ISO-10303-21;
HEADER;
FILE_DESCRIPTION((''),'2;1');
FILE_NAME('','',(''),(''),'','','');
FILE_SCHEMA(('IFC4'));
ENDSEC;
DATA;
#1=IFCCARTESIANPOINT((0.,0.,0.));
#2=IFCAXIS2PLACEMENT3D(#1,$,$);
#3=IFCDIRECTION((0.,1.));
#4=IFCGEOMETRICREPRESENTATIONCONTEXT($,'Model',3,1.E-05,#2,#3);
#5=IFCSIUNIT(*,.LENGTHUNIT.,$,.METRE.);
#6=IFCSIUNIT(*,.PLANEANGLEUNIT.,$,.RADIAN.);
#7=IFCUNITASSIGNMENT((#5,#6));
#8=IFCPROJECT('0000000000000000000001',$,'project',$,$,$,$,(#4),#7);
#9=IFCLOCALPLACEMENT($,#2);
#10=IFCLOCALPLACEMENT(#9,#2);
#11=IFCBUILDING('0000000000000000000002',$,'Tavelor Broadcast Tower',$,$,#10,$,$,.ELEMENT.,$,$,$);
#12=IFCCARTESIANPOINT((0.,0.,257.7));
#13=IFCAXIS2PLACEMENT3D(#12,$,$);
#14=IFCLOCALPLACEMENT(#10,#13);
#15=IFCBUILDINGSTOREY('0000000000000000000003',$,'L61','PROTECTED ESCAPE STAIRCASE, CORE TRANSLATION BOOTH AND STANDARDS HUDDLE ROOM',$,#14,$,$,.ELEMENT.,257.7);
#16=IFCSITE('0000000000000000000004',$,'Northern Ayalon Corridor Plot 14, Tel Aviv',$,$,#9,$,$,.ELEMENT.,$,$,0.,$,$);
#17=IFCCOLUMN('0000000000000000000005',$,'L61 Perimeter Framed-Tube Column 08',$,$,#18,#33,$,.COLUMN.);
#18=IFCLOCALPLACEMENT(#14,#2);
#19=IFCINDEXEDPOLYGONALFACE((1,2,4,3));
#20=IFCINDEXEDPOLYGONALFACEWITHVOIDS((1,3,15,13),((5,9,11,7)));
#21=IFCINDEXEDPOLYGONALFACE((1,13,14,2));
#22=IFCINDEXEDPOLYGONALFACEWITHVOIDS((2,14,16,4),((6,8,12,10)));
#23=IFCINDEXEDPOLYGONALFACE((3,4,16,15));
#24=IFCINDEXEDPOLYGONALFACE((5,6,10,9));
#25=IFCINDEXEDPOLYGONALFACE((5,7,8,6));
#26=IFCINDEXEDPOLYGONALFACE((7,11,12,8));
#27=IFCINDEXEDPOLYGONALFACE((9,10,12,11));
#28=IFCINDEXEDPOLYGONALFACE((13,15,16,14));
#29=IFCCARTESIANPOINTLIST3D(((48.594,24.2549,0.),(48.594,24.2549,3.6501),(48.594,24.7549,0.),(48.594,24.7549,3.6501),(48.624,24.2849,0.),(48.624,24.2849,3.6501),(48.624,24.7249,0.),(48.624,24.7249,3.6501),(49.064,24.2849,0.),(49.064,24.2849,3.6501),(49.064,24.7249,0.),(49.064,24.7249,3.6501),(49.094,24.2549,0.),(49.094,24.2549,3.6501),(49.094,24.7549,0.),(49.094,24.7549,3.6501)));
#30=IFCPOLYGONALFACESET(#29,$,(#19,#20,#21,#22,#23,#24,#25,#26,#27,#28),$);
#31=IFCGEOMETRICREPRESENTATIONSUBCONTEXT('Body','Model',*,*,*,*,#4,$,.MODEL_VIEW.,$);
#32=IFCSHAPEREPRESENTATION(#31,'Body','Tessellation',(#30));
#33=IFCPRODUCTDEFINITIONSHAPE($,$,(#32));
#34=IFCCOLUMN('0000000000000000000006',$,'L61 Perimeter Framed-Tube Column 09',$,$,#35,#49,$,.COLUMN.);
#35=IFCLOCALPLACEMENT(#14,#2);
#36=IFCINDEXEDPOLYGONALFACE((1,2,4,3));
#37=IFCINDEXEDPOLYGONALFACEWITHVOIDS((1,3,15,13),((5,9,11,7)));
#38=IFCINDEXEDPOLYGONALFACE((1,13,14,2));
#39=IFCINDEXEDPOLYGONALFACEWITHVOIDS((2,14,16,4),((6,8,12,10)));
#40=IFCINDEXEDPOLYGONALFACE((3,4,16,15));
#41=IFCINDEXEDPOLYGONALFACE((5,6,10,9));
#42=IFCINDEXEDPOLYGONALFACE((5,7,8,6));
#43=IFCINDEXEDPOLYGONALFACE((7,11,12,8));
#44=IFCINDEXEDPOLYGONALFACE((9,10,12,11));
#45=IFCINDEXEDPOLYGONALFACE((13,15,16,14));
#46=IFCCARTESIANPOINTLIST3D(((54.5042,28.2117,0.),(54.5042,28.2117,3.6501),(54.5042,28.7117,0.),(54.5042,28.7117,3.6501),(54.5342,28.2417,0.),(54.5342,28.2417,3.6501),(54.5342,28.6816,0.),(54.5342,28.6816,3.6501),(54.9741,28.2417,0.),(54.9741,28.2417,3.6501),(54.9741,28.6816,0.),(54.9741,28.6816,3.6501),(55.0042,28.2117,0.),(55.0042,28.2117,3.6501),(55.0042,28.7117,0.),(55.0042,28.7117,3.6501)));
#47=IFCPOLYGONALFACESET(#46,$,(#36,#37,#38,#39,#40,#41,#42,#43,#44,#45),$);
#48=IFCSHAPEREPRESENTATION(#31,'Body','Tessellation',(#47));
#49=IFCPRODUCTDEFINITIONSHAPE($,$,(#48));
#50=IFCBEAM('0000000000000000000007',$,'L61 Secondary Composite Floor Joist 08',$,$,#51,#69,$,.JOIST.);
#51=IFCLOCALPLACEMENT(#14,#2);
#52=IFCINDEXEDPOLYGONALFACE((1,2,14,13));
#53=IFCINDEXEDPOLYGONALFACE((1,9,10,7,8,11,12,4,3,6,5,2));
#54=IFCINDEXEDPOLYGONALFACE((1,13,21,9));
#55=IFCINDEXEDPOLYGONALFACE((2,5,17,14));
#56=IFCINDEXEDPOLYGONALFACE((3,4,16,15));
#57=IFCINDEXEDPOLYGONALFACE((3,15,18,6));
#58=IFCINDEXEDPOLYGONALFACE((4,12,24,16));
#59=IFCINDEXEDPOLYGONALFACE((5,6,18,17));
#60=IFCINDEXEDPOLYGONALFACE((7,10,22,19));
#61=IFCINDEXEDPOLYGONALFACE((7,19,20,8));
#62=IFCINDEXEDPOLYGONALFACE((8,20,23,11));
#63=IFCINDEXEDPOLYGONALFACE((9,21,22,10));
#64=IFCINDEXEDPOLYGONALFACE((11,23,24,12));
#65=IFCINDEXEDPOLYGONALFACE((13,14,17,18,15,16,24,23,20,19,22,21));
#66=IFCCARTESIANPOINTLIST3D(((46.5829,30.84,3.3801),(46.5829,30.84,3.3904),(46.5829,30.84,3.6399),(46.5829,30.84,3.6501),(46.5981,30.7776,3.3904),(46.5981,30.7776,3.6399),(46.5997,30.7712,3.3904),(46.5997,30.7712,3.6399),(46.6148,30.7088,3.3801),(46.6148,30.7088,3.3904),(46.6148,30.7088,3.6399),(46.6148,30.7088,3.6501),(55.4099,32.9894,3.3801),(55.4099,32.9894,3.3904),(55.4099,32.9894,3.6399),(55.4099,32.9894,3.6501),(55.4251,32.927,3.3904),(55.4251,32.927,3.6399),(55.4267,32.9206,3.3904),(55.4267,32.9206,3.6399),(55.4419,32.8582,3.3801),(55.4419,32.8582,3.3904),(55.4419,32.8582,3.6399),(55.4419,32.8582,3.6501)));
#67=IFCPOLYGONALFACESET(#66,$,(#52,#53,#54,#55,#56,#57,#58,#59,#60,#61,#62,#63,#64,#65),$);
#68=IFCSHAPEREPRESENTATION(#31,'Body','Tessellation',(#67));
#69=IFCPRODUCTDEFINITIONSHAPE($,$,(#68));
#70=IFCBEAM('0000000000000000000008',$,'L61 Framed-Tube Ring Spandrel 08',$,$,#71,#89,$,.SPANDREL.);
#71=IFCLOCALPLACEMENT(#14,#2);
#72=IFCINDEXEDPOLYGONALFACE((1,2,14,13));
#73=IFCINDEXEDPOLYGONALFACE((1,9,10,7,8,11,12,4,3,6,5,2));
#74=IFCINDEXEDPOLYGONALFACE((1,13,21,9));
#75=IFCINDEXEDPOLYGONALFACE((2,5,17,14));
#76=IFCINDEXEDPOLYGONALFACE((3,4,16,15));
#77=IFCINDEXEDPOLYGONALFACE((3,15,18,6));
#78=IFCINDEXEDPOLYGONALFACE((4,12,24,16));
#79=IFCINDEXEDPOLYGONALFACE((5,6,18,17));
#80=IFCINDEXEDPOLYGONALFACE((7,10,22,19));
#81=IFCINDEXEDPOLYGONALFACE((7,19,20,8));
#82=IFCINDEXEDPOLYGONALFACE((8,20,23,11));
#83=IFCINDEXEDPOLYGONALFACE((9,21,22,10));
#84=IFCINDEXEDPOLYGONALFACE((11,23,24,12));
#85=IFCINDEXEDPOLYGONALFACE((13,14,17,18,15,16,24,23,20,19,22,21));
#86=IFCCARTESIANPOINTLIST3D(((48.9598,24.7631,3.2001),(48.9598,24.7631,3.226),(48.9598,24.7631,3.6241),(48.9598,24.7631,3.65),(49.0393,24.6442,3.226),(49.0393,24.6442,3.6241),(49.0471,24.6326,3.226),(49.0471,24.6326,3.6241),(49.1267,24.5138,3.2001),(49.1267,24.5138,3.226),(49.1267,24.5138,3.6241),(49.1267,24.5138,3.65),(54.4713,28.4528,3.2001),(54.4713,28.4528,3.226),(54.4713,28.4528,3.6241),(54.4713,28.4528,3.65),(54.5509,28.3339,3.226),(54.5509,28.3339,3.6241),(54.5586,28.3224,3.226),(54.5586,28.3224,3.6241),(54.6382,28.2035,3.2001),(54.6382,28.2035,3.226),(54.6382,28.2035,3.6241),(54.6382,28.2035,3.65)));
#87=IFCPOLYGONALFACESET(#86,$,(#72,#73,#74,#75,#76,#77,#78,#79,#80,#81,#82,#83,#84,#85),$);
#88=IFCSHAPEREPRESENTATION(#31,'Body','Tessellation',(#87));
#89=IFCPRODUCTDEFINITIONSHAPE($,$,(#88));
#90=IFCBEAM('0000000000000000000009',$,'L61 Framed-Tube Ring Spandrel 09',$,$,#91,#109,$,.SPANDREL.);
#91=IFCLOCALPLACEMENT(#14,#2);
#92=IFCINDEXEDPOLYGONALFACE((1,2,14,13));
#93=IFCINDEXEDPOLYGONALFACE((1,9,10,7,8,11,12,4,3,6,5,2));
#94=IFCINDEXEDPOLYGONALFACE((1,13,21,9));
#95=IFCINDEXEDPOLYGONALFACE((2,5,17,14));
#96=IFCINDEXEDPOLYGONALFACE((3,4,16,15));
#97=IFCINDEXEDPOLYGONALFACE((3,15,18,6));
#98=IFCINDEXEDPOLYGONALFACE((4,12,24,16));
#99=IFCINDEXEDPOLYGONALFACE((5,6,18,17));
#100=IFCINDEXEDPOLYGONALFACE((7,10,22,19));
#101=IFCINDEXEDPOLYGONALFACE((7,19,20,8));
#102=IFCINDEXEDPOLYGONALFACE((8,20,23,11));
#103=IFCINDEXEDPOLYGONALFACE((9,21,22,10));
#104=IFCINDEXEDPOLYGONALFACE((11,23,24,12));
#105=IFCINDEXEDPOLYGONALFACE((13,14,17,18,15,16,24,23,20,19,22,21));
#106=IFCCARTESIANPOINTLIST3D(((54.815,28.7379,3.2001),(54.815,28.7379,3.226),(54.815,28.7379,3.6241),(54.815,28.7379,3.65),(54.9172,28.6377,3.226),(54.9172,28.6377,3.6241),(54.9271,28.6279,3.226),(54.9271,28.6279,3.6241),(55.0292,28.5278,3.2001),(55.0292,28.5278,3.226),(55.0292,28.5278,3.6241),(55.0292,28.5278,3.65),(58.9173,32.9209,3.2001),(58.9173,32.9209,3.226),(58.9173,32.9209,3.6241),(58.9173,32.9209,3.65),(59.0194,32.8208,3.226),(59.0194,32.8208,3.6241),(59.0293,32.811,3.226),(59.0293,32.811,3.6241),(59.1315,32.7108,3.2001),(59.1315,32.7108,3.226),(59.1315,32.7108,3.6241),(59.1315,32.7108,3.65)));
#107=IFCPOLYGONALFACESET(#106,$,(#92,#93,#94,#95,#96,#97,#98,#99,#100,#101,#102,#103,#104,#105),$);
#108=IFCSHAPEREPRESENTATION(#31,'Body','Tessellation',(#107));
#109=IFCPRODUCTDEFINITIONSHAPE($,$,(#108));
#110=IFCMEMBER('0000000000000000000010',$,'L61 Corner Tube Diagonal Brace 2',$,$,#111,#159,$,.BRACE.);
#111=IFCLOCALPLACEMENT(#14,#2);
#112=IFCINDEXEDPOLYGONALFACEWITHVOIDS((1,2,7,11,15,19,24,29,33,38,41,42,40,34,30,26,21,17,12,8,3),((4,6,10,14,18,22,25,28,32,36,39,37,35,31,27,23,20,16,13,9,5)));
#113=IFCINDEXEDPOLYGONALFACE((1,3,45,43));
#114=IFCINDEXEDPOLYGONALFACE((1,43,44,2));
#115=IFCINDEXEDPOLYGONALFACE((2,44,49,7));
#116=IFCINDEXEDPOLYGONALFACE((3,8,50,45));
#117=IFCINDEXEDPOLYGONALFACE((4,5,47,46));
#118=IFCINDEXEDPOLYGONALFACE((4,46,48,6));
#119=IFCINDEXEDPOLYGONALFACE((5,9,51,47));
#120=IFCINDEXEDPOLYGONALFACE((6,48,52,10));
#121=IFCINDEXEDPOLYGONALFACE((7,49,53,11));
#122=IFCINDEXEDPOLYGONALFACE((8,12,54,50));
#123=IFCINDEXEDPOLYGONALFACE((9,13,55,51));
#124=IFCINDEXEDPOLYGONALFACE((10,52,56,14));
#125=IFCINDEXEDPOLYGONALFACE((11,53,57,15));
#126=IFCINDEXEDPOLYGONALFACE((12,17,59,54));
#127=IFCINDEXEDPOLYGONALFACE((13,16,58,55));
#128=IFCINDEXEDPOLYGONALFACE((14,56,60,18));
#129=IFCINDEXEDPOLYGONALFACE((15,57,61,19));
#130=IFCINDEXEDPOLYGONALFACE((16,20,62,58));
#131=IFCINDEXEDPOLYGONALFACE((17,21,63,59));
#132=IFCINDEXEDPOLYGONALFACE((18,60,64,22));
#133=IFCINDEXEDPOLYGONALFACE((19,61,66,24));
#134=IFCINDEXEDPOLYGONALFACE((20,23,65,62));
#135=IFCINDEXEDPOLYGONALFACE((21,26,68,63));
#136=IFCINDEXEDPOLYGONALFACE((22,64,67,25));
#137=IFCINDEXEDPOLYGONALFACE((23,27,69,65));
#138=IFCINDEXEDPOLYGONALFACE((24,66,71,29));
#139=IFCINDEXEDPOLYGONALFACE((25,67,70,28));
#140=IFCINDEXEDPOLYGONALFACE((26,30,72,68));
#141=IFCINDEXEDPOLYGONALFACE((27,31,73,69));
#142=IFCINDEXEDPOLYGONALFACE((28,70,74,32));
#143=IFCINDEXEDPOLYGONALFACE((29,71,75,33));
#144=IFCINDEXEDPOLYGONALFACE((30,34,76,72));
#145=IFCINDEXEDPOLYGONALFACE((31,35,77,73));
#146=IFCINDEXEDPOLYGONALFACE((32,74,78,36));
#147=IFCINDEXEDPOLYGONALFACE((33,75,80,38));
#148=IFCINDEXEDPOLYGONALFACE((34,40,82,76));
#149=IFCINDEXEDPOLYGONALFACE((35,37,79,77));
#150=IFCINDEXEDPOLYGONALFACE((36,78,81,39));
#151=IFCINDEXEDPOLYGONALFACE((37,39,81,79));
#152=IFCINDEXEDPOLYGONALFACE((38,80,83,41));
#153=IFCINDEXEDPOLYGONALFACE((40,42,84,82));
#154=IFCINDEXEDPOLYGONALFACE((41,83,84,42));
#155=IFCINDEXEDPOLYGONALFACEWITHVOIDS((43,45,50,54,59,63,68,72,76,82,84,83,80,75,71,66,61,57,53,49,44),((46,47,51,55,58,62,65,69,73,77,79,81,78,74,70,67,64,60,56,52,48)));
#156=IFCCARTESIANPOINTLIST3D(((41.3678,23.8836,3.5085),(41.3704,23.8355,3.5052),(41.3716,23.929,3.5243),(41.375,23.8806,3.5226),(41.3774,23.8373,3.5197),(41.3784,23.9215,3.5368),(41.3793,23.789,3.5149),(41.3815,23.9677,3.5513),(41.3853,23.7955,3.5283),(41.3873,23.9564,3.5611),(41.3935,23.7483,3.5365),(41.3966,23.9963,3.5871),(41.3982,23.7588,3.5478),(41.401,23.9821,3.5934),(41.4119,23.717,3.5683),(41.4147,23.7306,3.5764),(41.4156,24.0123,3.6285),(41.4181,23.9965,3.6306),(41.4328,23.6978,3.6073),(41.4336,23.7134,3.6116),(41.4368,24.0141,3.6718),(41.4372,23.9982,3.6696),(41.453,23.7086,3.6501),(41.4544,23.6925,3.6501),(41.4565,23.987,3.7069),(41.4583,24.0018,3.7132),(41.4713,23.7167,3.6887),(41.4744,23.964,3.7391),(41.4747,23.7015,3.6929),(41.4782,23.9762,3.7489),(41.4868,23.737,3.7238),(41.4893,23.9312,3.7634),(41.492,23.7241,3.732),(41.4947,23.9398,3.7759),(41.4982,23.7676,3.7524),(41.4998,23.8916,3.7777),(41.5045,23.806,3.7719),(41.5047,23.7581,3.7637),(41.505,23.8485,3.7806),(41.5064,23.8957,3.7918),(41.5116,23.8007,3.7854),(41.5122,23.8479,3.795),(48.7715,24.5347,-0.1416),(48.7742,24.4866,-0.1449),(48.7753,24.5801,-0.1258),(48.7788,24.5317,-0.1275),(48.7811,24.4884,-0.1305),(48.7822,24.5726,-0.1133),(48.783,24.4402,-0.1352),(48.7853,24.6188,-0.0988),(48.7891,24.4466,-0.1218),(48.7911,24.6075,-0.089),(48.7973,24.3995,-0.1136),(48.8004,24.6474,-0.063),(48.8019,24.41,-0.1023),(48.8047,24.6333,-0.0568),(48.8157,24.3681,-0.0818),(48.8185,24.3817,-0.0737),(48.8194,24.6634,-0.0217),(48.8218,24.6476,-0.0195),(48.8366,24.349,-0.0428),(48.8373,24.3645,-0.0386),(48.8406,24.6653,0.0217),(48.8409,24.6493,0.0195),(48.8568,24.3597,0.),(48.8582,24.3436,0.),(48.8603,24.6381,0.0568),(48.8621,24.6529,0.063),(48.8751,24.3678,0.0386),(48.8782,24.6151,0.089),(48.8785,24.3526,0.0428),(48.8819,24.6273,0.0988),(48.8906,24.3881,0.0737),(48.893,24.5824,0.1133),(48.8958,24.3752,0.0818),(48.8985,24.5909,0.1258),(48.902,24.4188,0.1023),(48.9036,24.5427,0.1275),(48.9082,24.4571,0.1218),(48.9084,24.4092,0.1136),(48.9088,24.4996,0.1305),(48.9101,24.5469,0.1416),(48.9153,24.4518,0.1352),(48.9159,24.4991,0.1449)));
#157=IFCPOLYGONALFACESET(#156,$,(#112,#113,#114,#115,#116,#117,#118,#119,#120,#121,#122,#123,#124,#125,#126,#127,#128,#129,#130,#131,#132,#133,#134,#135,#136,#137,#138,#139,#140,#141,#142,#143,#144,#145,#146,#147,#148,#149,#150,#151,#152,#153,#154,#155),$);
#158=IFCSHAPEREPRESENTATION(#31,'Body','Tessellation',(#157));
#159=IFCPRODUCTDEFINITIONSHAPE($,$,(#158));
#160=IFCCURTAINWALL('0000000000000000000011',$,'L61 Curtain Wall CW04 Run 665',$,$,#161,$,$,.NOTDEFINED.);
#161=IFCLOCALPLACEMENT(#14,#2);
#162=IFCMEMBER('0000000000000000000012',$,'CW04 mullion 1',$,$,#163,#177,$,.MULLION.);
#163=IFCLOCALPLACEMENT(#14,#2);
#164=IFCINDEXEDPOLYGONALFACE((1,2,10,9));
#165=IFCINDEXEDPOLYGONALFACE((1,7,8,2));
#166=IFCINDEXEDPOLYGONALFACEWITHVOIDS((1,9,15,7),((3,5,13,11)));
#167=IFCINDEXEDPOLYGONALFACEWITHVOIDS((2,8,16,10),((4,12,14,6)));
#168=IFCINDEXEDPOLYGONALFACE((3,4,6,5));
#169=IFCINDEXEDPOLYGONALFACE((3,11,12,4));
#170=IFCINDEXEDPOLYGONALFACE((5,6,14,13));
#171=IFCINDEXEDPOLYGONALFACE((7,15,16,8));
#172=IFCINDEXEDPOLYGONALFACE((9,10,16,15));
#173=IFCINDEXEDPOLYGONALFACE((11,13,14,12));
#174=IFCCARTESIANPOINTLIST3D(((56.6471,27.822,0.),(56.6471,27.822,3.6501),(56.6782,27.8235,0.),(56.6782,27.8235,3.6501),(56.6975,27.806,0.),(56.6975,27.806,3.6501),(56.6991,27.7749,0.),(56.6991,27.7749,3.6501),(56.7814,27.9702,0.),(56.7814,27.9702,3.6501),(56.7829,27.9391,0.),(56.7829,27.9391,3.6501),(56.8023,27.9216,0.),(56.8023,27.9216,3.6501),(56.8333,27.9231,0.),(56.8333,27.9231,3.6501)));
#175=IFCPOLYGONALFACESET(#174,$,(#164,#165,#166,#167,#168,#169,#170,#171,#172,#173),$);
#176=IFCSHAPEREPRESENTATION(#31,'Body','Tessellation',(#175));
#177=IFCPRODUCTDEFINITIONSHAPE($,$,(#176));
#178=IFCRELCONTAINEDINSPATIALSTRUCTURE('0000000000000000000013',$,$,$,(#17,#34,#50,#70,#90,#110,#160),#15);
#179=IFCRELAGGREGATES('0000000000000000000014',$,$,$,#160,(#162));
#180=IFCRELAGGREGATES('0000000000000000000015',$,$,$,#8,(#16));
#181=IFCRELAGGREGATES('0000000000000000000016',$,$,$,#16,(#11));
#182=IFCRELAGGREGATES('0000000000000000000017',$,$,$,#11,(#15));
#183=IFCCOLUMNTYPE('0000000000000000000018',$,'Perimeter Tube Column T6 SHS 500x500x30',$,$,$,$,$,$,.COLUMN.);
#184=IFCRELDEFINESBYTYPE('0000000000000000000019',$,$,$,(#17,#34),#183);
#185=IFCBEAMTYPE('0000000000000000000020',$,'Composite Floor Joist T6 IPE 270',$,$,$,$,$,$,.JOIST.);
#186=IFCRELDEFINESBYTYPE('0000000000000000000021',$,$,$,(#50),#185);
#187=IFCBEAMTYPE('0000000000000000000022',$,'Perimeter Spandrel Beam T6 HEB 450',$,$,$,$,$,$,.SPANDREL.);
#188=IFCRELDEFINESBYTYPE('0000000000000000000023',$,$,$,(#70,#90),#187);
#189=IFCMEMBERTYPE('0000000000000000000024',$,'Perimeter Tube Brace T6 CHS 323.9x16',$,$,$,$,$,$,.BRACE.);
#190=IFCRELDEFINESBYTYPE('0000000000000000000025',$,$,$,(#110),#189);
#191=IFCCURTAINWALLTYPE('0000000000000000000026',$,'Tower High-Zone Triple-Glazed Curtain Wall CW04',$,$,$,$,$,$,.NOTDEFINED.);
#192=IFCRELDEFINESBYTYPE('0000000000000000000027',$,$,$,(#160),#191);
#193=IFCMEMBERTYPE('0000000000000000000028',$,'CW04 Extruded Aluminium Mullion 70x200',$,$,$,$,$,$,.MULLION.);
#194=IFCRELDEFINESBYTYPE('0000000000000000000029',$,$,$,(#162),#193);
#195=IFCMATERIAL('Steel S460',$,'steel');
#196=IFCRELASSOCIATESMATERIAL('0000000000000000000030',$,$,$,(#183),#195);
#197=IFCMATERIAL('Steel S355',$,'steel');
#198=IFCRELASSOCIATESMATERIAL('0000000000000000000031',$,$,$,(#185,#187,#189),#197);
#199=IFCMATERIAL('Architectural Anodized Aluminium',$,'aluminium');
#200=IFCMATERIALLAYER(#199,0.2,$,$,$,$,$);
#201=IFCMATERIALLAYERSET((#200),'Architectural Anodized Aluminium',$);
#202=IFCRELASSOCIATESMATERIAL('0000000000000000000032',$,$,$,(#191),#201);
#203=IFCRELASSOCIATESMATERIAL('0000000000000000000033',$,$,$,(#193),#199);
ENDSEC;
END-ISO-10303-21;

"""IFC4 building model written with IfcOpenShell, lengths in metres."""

from ifc_helpers import new_model, si_unit, direction, frame, origin, origin_2d, place, context, subcontext, project, spatial, hollow_rectangle, hollow_circle, i_section, extrude, source, transform, mapped, material, layer, layer_set, material_profile, profile_set, type_object, type_shapes, element, aggregate, save


model = new_model("IFC4")

# Units and contexts
model_context = context("Model", 3, precision=1e-05, world=origin(), true_north=direction((0.0, 1.0)))
body_context = subcontext(model_context, "Body", "Model", "MODEL_VIEW")
ifc_project = project(units=[si_unit("LENGTHUNIT", "METRE"), si_unit("PLANEANGLEUNIT", "RADIAN")], contexts=[model_context])

# Site, building, storey
site_placement = place(None, origin())
site = spatial("IfcSite", under=ifc_project, at=site_placement, Name="Northern Ayalon Corridor Plot 14, Tel Aviv", CompositionType="ELEMENT", RefElevation=0.0)
building_placement = place(site_placement, origin())
building = spatial("IfcBuilding", under=site, at=building_placement, Name="Tavelor Broadcast Tower", CompositionType="ELEMENT")
storey_placement = place(building_placement, frame((0.0, 0.0, 257.7)))
storey = spatial("IfcBuildingStorey", under=building, at=storey_placement, Name="L61", Description="PROTECTED ESCAPE STAIRCASE, CORE TRANSLATION BOOTH AND STANDARDS HUDDLE ROOM", CompositionType="ELEMENT", Elevation=257.7)

# Columns
ifc_material_1 = material(Name="Steel S460", Category="steel")
ifc_material_profile_1 = material_profile(ifc_material_1, hollow_rectangle(XDim=0.5, YDim=0.5, WallThickness=0.03, at=origin_2d()), Name="SHS 500x500x30")
ifc_profile_set_1 = profile_set([ifc_material_profile_1], Name="Steel S460")
column_type = type_object("IfcColumnType", Name="Perimeter Tube Column T6 SHS 500x500x30", PredefinedType="COLUMN", material=ifc_profile_set_1)
for number, where, z_axis, x_axis, name in (
    (1, (48.844, 24.5049, 0.0), (0.0, 0.0, 1.0), (1.0, 0.0, 0.0), "L61 Perimeter Framed-Tube Column 08"),
    (2, (54.7542, 28.4617, 0.0), (0.0, 0.0, 1.0), (1.0, 0.0, 0.0), "L61 Perimeter Framed-Tube Column 09"),
):
    element("IfcColumn", number, at=place(storey_placement, frame(where, z_axis=z_axis, x_axis=x_axis)), inside=storey, type_object=column_type, Name=name, PredefinedType="COLUMN", context=body_context, shape_type="SweptSolid", body=[
        extrude(hollow_rectangle(XDim=0.5, YDim=0.5, WallThickness=0.03, at=origin_2d()), origin(), (0.0, 0.0, 1.0), 3.6501),
    ])

# Beams
ifc_material_2 = material(Name="Steel S355", Category="steel")
ifc_material_profile_2 = material_profile(ifc_material_2, i_section(OverallWidth=0.135, OverallDepth=0.27, WebThickness=0.0066, FlangeThickness=0.0103, at=origin_2d()), Name="IPE 270")
ifc_profile_set_2 = profile_set([ifc_material_profile_2], Name="Steel S355")
beam_type_1 = type_object("IfcBeamType", Name="Composite Floor Joist T6 IPE 270", PredefinedType="JOIST", material=ifc_profile_set_2)
beam_1_placement = place(storey_placement, frame((46.5989, 30.7744, 3.5151), z_axis=(0.97161, 0.236587, 0.0), x_axis=(-0.236587, 0.97161, 0.0)))
element("IfcBeam", 3, at=beam_1_placement, inside=storey, type_object=beam_type_1, Name="L61 Secondary Composite Floor Joist 08", PredefinedType="JOIST", context=body_context, shape_type="SweptSolid", body=[
    extrude(i_section(OverallWidth=0.135, OverallDepth=0.27, WebThickness=0.0066, FlangeThickness=0.0103, at=origin_2d()), origin(), (0.0, 0.0, 1.0), 9.085),
])
ifc_material_profile_3 = material_profile(ifc_material_2, i_section(OverallWidth=0.3, OverallDepth=0.45, WebThickness=0.0139, FlangeThickness=0.0259, at=origin_2d()), Name="HEB 450")
ifc_profile_set_3 = profile_set([ifc_material_profile_3], Name="Steel S355")
beam_type_2 = type_object("IfcBeamType", Name="Perimeter Spandrel Beam T6 HEB 450", PredefinedType="SPANDREL", material=ifc_profile_set_3)
beam_2_placement = place(storey_placement, frame((49.0432, 24.6384, 3.425), z_axis=(0.830978, 0.556305, 0.0), x_axis=(-0.556305, 0.830978, 0.0)))
element("IfcBeam", 4, at=beam_2_placement, inside=storey, type_object=beam_type_2, Name="L61 Framed-Tube Ring Spandrel 08", PredefinedType="SPANDREL", context=body_context, shape_type="SweptSolid", body=[
    extrude(i_section(OverallWidth=0.3, OverallDepth=0.45, WebThickness=0.0139, FlangeThickness=0.0259, at=origin_2d()), origin(), (0.0, 0.0, 1.0), 6.6326),
])
beam_3_placement = place(storey_placement, frame((54.9221, 28.6328, 3.425), z_axis=(0.700177, 0.713969, 0.0), x_axis=(-0.713969, 0.700177, 0.0)))
element("IfcBeam", 5, at=beam_3_placement, inside=storey, type_object=beam_type_2, Name="L61 Framed-Tube Ring Spandrel 09", PredefinedType="SPANDREL", context=body_context, shape_type="SweptSolid", body=[
    extrude(i_section(OverallWidth=0.3, OverallDepth=0.45, WebThickness=0.0139, FlangeThickness=0.0259, at=origin_2d()), origin(), (0.0, 0.0, 1.0), 5.8589),
])

# Member
ifc_material_profile_4 = material_profile(ifc_material_2, hollow_circle(Radius=0.1619, WallThickness=0.0161, at=origin_2d()), Name="CHS 323.9x16")
ifc_profile_set_4 = profile_set([ifc_material_profile_4], Name="Steel S355")
member_type_1 = type_object("IfcMemberType", Name="Perimeter Tube Brace T6 CHS 323.9x16", PredefinedType="BRACE", material=ifc_profile_set_4)
member_1_placement = place(storey_placement, frame((48.844, 24.5049, 0.0), z_axis=(-0.894144, -0.078635, 0.440821), x_axis=(0.087606, -0.996155, 0.0)))
element("IfcMember", 6, at=member_1_placement, inside=storey, type_object=member_type_1, Name="L61 Corner Tube Diagonal Brace 2", PredefinedType="BRACE", context=body_context, shape_type="SweptSolid", body=[
    extrude(hollow_circle(Radius=0.1619, WallThickness=0.0161, at=origin_2d()), origin(), (0.0, 0.0, 1.0), 8.2803),
])

# Curtain wall, member
ifc_material_3 = material(Name="Architectural Anodized Aluminium", Category="aluminium")
ifc_layer_1 = layer(ifc_material_3, 0.2)
ifc_layer_set_1 = layer_set([ifc_layer_1], Name="Architectural Anodized Aluminium")
curtain_wall_type = type_object("IfcCurtainWallType", Name="Tower High-Zone Triple-Glazed Curtain Wall CW04", PredefinedType="NOTDEFINED", material=ifc_layer_set_1)
curtain_wall_placement = place(storey_placement, origin())
curtain_wall = element("IfcCurtainWall", 7, at=curtain_wall_placement, inside=storey, type_object=curtain_wall_type, Name="L61 Curtain Wall CW04 Run 665", PredefinedType="NOTDEFINED")
ifc_material_profile_5 = material_profile(ifc_material_3, hollow_rectangle(XDim=0.0701, YDim=0.2, WallThickness=0.022, at=origin_2d()), Name="RHS 70x200x22")
ifc_profile_set_5 = profile_set([ifc_material_profile_5], Name="Architectural Anodized Aluminium")
member_type_2 = type_object("IfcMemberType", Name="CW04 Extruded Aluminium Mullion 70x200", PredefinedType="MULLION", material=ifc_profile_set_5)
shared_shape_1 = source(origin(), body_context, "Body", "SweptSolid", [
    extrude(hollow_rectangle(XDim=0.0701, YDim=0.2, WallThickness=0.022, at=origin_2d()), origin(), (0.0, 0.0, 1.0), 3.6501),
])
type_shapes(member_type_2, [shared_shape_1])
member_2_placement = place(storey_placement, frame((56.7402, 27.8726, 0.0), z_axis=(0.0, 0.0, 1.0), x_axis=(-0.741096, 0.671399, 0.0)))
member_2 = element("IfcMember", 8, at=member_2_placement, type_object=member_type_2, Name="CW04 mullion 1", PredefinedType="MULLION", context=body_context, shape_type="MappedRepresentation", body=[
    mapped(shared_shape_1, transform((0.0, 0.0, 0.0), scale=1.0)),
])

aggregate(curtain_wall, [member_2])

save(model, "model.ifc")
